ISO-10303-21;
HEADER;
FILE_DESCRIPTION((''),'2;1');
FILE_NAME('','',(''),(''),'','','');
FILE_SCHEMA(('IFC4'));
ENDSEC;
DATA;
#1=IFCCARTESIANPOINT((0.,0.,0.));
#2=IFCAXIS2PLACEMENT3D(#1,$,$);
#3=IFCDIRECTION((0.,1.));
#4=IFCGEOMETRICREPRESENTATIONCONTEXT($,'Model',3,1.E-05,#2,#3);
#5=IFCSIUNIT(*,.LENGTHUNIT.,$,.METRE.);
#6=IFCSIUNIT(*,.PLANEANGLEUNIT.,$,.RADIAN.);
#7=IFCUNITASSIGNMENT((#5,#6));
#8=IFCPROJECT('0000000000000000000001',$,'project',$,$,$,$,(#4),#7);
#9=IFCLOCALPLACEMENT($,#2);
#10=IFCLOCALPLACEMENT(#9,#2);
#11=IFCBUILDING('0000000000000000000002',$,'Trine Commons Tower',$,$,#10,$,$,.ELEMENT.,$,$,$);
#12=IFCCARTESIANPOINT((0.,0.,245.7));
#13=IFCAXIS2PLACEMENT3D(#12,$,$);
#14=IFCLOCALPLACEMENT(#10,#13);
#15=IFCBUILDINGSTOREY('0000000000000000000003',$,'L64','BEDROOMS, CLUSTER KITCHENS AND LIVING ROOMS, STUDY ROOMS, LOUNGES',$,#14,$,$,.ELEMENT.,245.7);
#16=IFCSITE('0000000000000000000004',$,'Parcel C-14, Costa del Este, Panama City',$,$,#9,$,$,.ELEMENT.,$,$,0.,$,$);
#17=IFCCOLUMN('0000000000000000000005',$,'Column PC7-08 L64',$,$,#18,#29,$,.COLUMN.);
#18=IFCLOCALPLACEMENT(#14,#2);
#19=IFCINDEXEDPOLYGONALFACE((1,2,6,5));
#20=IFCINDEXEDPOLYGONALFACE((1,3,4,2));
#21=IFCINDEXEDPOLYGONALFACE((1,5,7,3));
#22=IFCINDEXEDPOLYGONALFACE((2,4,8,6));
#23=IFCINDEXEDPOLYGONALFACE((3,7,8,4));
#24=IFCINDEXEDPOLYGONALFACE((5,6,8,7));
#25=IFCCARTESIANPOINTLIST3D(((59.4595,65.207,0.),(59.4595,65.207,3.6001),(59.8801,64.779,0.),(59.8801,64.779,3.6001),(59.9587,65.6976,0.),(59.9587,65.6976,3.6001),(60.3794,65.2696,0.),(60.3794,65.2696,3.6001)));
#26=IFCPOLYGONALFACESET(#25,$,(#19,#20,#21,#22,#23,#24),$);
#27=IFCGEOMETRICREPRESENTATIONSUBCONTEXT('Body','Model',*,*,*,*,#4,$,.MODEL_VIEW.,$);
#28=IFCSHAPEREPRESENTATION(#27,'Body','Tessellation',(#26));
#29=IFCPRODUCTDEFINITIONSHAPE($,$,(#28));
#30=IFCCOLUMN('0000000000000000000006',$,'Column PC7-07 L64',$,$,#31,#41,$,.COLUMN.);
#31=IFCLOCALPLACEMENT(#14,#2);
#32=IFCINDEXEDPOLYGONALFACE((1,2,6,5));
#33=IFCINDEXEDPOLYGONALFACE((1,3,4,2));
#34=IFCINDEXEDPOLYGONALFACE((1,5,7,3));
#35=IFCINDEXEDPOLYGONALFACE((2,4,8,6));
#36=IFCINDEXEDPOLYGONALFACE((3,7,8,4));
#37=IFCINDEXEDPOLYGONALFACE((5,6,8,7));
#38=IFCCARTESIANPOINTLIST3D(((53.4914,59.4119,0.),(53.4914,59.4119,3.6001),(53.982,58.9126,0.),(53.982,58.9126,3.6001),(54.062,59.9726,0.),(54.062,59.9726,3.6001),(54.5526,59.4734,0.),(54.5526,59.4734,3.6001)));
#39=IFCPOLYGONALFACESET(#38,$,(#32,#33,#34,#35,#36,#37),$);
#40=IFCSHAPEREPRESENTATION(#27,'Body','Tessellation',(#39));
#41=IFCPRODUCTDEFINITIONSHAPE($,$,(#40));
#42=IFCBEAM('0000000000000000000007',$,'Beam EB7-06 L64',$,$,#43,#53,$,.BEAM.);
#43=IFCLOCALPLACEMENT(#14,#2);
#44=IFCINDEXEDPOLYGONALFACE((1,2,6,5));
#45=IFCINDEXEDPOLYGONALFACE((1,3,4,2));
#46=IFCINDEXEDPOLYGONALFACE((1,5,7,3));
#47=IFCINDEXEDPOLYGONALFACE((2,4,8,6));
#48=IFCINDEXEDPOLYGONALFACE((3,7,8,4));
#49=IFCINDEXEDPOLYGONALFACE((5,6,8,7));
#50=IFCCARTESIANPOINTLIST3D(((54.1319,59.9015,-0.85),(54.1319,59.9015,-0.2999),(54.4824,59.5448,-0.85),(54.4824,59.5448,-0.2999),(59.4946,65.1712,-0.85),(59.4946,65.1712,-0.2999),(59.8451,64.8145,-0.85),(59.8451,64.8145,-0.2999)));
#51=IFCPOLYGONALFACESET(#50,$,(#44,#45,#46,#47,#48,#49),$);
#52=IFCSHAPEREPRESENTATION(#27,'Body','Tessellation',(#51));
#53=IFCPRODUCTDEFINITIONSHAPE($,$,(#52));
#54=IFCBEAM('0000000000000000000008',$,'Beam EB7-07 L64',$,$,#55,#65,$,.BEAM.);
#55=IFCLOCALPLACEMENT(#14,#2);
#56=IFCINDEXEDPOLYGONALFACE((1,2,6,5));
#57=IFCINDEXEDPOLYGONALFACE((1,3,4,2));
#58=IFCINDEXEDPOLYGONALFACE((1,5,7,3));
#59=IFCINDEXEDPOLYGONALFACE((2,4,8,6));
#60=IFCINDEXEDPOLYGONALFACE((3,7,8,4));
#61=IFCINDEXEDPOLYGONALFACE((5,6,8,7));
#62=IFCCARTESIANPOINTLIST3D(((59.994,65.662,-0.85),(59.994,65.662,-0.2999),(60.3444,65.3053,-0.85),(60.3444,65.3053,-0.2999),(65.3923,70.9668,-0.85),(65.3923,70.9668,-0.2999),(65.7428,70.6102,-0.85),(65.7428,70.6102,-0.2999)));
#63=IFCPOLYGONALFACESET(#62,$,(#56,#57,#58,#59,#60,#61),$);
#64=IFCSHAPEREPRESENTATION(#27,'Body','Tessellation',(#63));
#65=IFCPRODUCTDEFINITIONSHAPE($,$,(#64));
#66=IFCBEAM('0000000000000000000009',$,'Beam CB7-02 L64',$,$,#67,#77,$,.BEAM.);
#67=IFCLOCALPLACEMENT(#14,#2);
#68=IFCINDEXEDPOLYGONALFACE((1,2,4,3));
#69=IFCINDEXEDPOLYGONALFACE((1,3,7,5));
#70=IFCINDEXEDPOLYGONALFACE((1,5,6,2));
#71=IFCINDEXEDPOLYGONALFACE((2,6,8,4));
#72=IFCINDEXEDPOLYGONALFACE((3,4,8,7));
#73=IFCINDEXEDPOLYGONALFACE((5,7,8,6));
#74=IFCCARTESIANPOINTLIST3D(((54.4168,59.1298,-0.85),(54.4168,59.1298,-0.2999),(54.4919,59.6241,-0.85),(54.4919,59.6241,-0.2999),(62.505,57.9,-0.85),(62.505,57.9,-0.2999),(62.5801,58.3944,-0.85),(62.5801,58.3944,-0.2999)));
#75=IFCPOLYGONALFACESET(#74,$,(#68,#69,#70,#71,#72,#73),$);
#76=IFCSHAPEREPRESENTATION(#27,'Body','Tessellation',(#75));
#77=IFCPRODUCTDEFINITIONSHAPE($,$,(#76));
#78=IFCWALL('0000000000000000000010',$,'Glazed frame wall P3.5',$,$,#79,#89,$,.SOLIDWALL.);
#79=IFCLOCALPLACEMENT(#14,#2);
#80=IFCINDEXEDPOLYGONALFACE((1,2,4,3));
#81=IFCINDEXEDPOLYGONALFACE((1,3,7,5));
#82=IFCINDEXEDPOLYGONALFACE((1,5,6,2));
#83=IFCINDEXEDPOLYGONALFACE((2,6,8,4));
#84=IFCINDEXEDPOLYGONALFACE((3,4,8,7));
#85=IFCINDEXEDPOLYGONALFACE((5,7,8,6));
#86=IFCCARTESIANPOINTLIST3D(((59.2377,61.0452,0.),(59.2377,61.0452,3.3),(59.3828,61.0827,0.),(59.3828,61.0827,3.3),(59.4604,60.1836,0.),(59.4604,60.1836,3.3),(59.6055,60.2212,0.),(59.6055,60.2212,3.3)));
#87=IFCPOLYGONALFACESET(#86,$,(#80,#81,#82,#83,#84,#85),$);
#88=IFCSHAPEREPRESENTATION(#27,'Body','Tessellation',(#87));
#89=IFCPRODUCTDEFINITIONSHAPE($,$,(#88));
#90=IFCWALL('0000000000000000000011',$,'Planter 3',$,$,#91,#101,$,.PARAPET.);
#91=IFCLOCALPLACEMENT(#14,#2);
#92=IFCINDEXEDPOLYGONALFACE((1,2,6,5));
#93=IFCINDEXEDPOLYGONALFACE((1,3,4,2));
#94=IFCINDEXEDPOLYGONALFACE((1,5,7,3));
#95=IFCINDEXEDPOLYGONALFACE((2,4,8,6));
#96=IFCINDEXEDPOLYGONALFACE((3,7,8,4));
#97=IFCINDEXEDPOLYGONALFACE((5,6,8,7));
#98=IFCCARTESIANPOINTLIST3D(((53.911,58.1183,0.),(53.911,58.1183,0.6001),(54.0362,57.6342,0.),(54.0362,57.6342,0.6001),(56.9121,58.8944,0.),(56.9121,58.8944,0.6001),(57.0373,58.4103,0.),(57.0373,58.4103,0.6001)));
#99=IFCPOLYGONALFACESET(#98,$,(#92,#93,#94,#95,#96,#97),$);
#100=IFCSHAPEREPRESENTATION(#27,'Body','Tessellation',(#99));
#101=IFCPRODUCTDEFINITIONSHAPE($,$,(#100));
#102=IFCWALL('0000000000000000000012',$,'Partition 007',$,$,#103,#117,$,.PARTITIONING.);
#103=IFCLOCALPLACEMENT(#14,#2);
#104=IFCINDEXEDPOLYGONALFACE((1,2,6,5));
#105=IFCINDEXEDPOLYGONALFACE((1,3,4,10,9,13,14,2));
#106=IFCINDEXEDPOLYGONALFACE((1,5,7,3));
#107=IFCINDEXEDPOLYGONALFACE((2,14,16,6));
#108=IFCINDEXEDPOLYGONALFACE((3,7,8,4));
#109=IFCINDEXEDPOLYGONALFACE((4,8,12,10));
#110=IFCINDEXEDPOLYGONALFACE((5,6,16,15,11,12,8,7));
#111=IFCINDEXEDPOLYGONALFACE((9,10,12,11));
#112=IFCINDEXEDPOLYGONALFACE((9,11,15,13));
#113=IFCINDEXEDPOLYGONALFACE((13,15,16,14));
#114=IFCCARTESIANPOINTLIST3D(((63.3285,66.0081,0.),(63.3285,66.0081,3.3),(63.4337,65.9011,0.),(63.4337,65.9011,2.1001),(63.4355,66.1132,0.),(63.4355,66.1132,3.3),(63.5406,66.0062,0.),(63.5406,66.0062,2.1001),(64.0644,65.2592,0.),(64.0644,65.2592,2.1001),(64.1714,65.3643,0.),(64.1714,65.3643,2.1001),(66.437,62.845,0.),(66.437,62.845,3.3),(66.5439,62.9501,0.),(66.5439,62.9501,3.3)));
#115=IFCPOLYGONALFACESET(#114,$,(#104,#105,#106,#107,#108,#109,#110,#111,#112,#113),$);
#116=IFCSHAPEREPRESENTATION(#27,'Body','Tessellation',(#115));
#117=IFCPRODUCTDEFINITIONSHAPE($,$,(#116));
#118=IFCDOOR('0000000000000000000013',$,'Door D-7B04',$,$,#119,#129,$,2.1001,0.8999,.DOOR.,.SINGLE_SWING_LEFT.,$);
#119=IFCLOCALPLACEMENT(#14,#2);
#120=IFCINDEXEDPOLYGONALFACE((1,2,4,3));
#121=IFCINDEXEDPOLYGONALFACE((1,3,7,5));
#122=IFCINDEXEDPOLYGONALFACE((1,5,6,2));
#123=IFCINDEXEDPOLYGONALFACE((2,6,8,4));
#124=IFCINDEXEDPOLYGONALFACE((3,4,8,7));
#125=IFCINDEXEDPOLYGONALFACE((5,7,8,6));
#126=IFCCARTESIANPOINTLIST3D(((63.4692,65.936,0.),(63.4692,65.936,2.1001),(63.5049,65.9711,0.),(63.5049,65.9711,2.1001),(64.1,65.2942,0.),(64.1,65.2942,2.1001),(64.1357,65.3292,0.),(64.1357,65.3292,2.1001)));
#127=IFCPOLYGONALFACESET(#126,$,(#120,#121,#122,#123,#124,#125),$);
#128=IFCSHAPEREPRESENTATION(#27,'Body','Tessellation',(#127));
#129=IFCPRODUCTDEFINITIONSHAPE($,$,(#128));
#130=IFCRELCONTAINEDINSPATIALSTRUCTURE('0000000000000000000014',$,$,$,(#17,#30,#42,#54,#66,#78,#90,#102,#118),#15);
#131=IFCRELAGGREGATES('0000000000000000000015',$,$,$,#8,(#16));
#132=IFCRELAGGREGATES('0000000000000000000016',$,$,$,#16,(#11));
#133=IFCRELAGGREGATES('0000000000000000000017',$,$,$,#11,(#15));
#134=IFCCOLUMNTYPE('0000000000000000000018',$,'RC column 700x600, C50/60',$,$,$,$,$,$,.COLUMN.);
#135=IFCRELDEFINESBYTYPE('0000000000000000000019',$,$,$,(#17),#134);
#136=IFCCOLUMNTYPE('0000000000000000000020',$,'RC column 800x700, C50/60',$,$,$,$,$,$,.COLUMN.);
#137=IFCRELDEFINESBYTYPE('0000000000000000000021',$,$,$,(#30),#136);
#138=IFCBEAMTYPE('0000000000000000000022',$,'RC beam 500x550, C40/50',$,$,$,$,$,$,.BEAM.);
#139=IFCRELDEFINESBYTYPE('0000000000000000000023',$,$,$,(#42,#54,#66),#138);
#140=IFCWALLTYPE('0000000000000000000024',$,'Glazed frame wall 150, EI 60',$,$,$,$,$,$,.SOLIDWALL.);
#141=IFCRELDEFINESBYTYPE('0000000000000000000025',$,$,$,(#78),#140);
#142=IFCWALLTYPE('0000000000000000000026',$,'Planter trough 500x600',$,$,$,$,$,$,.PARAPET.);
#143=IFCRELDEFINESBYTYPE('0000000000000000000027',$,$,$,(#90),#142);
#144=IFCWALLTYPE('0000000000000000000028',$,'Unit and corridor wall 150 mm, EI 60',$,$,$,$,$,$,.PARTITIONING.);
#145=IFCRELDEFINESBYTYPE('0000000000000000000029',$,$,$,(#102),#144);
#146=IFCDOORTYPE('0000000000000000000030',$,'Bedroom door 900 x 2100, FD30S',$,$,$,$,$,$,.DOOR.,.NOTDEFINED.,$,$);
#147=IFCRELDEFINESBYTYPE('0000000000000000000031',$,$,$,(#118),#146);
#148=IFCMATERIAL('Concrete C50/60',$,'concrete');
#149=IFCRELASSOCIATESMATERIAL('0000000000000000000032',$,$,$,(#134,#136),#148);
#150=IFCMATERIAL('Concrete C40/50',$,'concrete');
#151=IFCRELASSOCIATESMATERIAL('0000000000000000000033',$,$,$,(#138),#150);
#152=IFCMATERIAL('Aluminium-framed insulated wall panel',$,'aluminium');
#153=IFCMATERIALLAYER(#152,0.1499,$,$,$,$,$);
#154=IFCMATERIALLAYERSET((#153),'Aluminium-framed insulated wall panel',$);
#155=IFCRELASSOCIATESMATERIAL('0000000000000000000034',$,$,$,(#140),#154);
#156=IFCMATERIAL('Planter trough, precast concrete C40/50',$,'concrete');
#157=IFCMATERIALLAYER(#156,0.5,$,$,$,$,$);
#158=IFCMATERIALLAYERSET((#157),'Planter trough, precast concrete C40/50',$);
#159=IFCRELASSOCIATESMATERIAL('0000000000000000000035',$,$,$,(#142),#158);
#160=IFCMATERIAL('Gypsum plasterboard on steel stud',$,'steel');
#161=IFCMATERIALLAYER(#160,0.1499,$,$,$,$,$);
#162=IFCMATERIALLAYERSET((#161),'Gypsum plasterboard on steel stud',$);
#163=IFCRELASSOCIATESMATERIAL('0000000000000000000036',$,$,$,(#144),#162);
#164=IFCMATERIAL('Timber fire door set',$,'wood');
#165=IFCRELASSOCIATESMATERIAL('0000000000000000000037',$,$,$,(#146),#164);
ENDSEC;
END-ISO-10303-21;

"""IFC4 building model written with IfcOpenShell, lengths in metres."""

from ifc_helpers import new_model, si_unit, direction, frame, frame_2d, origin, origin_2d, place, context, subcontext, project, spatial, polyline, rectangle, outline, extrude, material, layer, layer_set, material_profile, profile_set, type_object, element, fill, save


model = new_model("IFC4")

# Units and contexts
model_context = context("Model", 3, precision=1e-05, world=origin(), true_north=direction((0.0, 1.0)))
body_context = subcontext(model_context, "Body", "Model", "MODEL_VIEW")
ifc_project = project(units=[si_unit("LENGTHUNIT", "METRE"), si_unit("PLANEANGLEUNIT", "RADIAN")], contexts=[model_context])

# Site, building, storey
site_placement = place(None, origin())
site = spatial("IfcSite", under=ifc_project, at=site_placement, Name="Parcel C-14, Costa del Este, Panama City", CompositionType="ELEMENT", RefElevation=0.0)
building_placement = place(site_placement, origin())
building = spatial("IfcBuilding", under=site, at=building_placement, Name="Trine Commons Tower", CompositionType="ELEMENT")
storey_placement = place(building_placement, frame((0.0, 0.0, 245.7)))
storey = spatial("IfcBuildingStorey", under=building, at=storey_placement, Name="L64", Description="BEDROOMS, CLUSTER KITCHENS AND LIVING ROOMS, STUDY ROOMS, LOUNGES", CompositionType="ELEMENT", Elevation=245.7)

# Columns
ifc_material_1 = material(Name="Concrete C50/60", Category="concrete")
ifc_material_profile_1 = material_profile(ifc_material_1, rectangle(XDim=0.7, YDim=0.6001, at=origin_2d()), Name="RC 700x600")
ifc_profile_set_1 = profile_set([ifc_material_profile_1], Name="Concrete C50/60")
column_type_1 = type_object("IfcColumnType", Name="RC column 700x600, C50/60", PredefinedType="COLUMN", material=ifc_profile_set_1)
column_1_placement = place(storey_placement, frame((59.9194, 65.2383, 0.0), z_axis=(0.0, 0.0, 1.0), x_axis=(0.71325, 0.700909, 0.0)))
element("IfcColumn", 1, at=column_1_placement, inside=storey, type_object=column_type_1, Name="Column PC7-08 L64", PredefinedType="COLUMN", context=body_context, shape_type="SweptSolid", body=[
    extrude(rectangle(XDim=0.7, YDim=0.6001, at=origin_2d()), origin(), (0.0, 0.0, 1.0), 3.6001),
])
ifc_material_profile_2 = material_profile(ifc_material_1, rectangle(XDim=0.8, YDim=0.7, at=origin_2d()), Name="RC 800x700")
ifc_profile_set_2 = profile_set([ifc_material_profile_2], Name="Concrete C50/60")
column_type_2 = type_object("IfcColumnType", Name="RC column 800x700, C50/60", PredefinedType="COLUMN", material=ifc_profile_set_2)
column_2_placement = place(storey_placement, frame((54.022, 59.4426, 0.0), z_axis=(0.0, 0.0, 1.0), x_axis=(0.71325, 0.700909, 0.0)))
element("IfcColumn", 2, at=column_2_placement, inside=storey, type_object=column_type_2, Name="Column PC7-07 L64", PredefinedType="COLUMN", context=body_context, shape_type="SweptSolid", body=[
    extrude(rectangle(XDim=0.8, YDim=0.7, at=origin_2d()), origin(), (0.0, 0.0, 1.0), 3.6001),
])

# Beams
ifc_material_2 = material(Name="Concrete C40/50", Category="concrete")
ifc_material_profile_3 = material_profile(ifc_material_2, rectangle(XDim=0.5, YDim=0.55, at=origin_2d()), Name="RC 500x550")
ifc_profile_set_3 = profile_set([ifc_material_profile_3], Name="Concrete C40/50")
beam_type = type_object("IfcBeamType", Name="RC beam 500x550, C40/50", PredefinedType="BEAM", material=ifc_profile_set_3)
beam_1_placement = place(storey_placement, frame((54.3071, 59.7231, -0.575), z_axis=(0.713266, 0.700894, 0.0), x_axis=(-0.700894, 0.713266, 0.0)))
element("IfcBeam", 3, at=beam_1_placement, inside=storey, type_object=beam_type, Name="Beam EB7-06 L64", PredefinedType="BEAM", context=body_context, shape_type="SweptSolid", body=[
    extrude(rectangle(XDim=0.5, YDim=0.55, at=origin_2d()), origin(), (0.0, 0.0, 1.0), 7.5186),
])
beam_2_placement = place(storey_placement, frame((60.1692, 65.4836, -0.575), z_axis=(0.713257, 0.700903, 0.0), x_axis=(-0.700903, 0.713257, 0.0)))
element("IfcBeam", 4, at=beam_2_placement, inside=storey, type_object=beam_type, Name="Beam EB7-07 L64", PredefinedType="BEAM", context=body_context, shape_type="SweptSolid", body=[
    extrude(rectangle(XDim=0.5, YDim=0.55, at=origin_2d()), origin(), (0.0, 0.0, 1.0), 7.5686),
])
beam_3_placement = place(storey_placement, frame((54.4543, 59.377, -0.575), z_axis=(0.988638, -0.150315, 0.0), x_axis=(0.150315, 0.988638, 0.0)))
element("IfcBeam", 5, at=beam_3_placement, inside=storey, type_object=beam_type, Name="Beam CB7-02 L64", PredefinedType="BEAM", context=body_context, shape_type="SweptSolid", body=[
    extrude(rectangle(XDim=0.5, YDim=0.55, at=origin_2d()), origin(), (0.0, 0.0, 1.0), 8.1812),
])

# Shared definitions
ifc_material_3 = material(Name="Aluminium-framed insulated wall panel", Category="aluminium")
ifc_layer_1 = layer(ifc_material_3, 0.1499)
ifc_layer_set_1 = layer_set([ifc_layer_1], Name="Aluminium-framed insulated wall panel")
wall_type_1 = type_object("IfcWallType", Name="Glazed frame wall 150, EI 60", PredefinedType="SOLIDWALL", material=ifc_layer_set_1)

# Walls
wall_1_placement = place(storey_placement, frame((59.533, 60.2024, 0.0), z_axis=(0.0, 0.0, 1.0), x_axis=(-0.250284, 0.968172, 0.0)))
element("IfcWall", 6, at=wall_1_placement, inside=storey, type_object=wall_type_1, Name="Glazed frame wall P3.5", PredefinedType="SOLIDWALL", context=body_context, shape_type="SweptSolid", body=[
    extrude(outline(polyline([(0.8899, 0.075), (0.0, 0.075), (0.0, -0.075), (0.8899, -0.075), (0.8899, 0.075)])), origin(), (0.0, 0.0, 1.0), 3.3),
])
ifc_material_4 = material(Name="Planter trough, precast concrete C40/50", Category="concrete")
ifc_layer_2 = layer(ifc_material_4, 0.5)
ifc_layer_set_2 = layer_set([ifc_layer_2], Name="Planter trough, precast concrete C40/50")
wall_type_2 = type_object("IfcWallType", Name="Planter trough 500x600", PredefinedType="PARAPET", material=ifc_layer_set_2)
wall_2_placement = place(storey_placement, frame((56.9746, 58.6523, 0.0), z_axis=(0.0, 0.0, 1.0), x_axis=(-0.968151, -0.250366, 0.0)))
element("IfcWall", 7, at=wall_2_placement, inside=storey, type_object=wall_type_2, Name="Planter 3", PredefinedType="PARAPET", context=body_context, shape_type="SweptSolid", body=[
    extrude(rectangle(XDim=3.0999, YDim=0.5, at=frame_2d((1.5498, 0.0))), origin(), (0.0, 0.0, 1.0), 0.6001),
])

# Wall, opening, door
ifc_material_5 = material(Name="Gypsum plasterboard on steel stud", Category="steel")
ifc_layer_3 = layer(ifc_material_5, 0.1499)
ifc_layer_set_3 = layer_set([ifc_layer_3], Name="Gypsum plasterboard on steel stud")
wall_type_3 = type_object("IfcWallType", Name="Unit and corridor wall 150 mm, EI 60", PredefinedType="PARTITIONING", material=ifc_layer_set_3)
wall_3_placement = place(storey_placement, frame((63.3821, 66.0605, 0.0), z_axis=(0.0, 0.0, 1.0), x_axis=(0.700914, -0.713246, 0.0)))
wall_3 = element("IfcWall", 8, at=wall_3_placement, inside=storey, type_object=wall_type_3, Name="Partition 007", PredefinedType="PARTITIONING", context=body_context, shape_type="SweptSolid", body=[
    extrude(rectangle(XDim=4.4348, YDim=0.1499, at=frame_2d((2.2173, 0.0))), origin(), (0.0, 0.0, 1.0), 3.3),
])
opening_1_placement = place(wall_3_placement, frame((0.1499, 0.0, 0.0)))
opening_1 = element("IfcOpeningElement", 9, at=opening_1_placement, cuts=wall_3, PredefinedType="OPENING", context=body_context, shape_type="SweptSolid", body=[
    extrude(rectangle(XDim=0.8999, YDim=2.1001, at=frame_2d((0.45, 1.05))), frame((0.0, 0.085, 0.0), z_axis=(0.0, -1.0, 0.0), x_axis=(1.0, 0.0, 0.0)), (0.0, 0.0, 1.0), 0.1699),
])
ifc_material_6 = material(Name="Timber fire door set", Category="wood")
door_type_1 = type_object("IfcDoorType", Name="Bedroom door 900 x 2100, FD30S", OperationType="NOTDEFINED", PredefinedType="DOOR", material=ifc_material_6)
door_1_placement = place(opening_1_placement, origin())
door_1 = element("IfcDoor", 10, at=door_1_placement, inside=storey, type_object=door_type_1, Name="Door D-7B04", OperationType="SINGLE_SWING_LEFT", OverallHeight=2.1001, OverallWidth=0.8999, PredefinedType="DOOR", context=body_context, shape_type="SweptSolid", body=[
    extrude(rectangle(XDim=0.8999, YDim=2.1001, at=frame_2d((0.45, 1.05))), frame((0.0, 0.0249, 0.0), z_axis=(0.0, -1.0, 0.0), x_axis=(1.0, 0.0, 0.0)), (0.0, 0.0, 1.0), 0.05),
])
fill(opening_1, door_1)

save(model, "model.ifc")
